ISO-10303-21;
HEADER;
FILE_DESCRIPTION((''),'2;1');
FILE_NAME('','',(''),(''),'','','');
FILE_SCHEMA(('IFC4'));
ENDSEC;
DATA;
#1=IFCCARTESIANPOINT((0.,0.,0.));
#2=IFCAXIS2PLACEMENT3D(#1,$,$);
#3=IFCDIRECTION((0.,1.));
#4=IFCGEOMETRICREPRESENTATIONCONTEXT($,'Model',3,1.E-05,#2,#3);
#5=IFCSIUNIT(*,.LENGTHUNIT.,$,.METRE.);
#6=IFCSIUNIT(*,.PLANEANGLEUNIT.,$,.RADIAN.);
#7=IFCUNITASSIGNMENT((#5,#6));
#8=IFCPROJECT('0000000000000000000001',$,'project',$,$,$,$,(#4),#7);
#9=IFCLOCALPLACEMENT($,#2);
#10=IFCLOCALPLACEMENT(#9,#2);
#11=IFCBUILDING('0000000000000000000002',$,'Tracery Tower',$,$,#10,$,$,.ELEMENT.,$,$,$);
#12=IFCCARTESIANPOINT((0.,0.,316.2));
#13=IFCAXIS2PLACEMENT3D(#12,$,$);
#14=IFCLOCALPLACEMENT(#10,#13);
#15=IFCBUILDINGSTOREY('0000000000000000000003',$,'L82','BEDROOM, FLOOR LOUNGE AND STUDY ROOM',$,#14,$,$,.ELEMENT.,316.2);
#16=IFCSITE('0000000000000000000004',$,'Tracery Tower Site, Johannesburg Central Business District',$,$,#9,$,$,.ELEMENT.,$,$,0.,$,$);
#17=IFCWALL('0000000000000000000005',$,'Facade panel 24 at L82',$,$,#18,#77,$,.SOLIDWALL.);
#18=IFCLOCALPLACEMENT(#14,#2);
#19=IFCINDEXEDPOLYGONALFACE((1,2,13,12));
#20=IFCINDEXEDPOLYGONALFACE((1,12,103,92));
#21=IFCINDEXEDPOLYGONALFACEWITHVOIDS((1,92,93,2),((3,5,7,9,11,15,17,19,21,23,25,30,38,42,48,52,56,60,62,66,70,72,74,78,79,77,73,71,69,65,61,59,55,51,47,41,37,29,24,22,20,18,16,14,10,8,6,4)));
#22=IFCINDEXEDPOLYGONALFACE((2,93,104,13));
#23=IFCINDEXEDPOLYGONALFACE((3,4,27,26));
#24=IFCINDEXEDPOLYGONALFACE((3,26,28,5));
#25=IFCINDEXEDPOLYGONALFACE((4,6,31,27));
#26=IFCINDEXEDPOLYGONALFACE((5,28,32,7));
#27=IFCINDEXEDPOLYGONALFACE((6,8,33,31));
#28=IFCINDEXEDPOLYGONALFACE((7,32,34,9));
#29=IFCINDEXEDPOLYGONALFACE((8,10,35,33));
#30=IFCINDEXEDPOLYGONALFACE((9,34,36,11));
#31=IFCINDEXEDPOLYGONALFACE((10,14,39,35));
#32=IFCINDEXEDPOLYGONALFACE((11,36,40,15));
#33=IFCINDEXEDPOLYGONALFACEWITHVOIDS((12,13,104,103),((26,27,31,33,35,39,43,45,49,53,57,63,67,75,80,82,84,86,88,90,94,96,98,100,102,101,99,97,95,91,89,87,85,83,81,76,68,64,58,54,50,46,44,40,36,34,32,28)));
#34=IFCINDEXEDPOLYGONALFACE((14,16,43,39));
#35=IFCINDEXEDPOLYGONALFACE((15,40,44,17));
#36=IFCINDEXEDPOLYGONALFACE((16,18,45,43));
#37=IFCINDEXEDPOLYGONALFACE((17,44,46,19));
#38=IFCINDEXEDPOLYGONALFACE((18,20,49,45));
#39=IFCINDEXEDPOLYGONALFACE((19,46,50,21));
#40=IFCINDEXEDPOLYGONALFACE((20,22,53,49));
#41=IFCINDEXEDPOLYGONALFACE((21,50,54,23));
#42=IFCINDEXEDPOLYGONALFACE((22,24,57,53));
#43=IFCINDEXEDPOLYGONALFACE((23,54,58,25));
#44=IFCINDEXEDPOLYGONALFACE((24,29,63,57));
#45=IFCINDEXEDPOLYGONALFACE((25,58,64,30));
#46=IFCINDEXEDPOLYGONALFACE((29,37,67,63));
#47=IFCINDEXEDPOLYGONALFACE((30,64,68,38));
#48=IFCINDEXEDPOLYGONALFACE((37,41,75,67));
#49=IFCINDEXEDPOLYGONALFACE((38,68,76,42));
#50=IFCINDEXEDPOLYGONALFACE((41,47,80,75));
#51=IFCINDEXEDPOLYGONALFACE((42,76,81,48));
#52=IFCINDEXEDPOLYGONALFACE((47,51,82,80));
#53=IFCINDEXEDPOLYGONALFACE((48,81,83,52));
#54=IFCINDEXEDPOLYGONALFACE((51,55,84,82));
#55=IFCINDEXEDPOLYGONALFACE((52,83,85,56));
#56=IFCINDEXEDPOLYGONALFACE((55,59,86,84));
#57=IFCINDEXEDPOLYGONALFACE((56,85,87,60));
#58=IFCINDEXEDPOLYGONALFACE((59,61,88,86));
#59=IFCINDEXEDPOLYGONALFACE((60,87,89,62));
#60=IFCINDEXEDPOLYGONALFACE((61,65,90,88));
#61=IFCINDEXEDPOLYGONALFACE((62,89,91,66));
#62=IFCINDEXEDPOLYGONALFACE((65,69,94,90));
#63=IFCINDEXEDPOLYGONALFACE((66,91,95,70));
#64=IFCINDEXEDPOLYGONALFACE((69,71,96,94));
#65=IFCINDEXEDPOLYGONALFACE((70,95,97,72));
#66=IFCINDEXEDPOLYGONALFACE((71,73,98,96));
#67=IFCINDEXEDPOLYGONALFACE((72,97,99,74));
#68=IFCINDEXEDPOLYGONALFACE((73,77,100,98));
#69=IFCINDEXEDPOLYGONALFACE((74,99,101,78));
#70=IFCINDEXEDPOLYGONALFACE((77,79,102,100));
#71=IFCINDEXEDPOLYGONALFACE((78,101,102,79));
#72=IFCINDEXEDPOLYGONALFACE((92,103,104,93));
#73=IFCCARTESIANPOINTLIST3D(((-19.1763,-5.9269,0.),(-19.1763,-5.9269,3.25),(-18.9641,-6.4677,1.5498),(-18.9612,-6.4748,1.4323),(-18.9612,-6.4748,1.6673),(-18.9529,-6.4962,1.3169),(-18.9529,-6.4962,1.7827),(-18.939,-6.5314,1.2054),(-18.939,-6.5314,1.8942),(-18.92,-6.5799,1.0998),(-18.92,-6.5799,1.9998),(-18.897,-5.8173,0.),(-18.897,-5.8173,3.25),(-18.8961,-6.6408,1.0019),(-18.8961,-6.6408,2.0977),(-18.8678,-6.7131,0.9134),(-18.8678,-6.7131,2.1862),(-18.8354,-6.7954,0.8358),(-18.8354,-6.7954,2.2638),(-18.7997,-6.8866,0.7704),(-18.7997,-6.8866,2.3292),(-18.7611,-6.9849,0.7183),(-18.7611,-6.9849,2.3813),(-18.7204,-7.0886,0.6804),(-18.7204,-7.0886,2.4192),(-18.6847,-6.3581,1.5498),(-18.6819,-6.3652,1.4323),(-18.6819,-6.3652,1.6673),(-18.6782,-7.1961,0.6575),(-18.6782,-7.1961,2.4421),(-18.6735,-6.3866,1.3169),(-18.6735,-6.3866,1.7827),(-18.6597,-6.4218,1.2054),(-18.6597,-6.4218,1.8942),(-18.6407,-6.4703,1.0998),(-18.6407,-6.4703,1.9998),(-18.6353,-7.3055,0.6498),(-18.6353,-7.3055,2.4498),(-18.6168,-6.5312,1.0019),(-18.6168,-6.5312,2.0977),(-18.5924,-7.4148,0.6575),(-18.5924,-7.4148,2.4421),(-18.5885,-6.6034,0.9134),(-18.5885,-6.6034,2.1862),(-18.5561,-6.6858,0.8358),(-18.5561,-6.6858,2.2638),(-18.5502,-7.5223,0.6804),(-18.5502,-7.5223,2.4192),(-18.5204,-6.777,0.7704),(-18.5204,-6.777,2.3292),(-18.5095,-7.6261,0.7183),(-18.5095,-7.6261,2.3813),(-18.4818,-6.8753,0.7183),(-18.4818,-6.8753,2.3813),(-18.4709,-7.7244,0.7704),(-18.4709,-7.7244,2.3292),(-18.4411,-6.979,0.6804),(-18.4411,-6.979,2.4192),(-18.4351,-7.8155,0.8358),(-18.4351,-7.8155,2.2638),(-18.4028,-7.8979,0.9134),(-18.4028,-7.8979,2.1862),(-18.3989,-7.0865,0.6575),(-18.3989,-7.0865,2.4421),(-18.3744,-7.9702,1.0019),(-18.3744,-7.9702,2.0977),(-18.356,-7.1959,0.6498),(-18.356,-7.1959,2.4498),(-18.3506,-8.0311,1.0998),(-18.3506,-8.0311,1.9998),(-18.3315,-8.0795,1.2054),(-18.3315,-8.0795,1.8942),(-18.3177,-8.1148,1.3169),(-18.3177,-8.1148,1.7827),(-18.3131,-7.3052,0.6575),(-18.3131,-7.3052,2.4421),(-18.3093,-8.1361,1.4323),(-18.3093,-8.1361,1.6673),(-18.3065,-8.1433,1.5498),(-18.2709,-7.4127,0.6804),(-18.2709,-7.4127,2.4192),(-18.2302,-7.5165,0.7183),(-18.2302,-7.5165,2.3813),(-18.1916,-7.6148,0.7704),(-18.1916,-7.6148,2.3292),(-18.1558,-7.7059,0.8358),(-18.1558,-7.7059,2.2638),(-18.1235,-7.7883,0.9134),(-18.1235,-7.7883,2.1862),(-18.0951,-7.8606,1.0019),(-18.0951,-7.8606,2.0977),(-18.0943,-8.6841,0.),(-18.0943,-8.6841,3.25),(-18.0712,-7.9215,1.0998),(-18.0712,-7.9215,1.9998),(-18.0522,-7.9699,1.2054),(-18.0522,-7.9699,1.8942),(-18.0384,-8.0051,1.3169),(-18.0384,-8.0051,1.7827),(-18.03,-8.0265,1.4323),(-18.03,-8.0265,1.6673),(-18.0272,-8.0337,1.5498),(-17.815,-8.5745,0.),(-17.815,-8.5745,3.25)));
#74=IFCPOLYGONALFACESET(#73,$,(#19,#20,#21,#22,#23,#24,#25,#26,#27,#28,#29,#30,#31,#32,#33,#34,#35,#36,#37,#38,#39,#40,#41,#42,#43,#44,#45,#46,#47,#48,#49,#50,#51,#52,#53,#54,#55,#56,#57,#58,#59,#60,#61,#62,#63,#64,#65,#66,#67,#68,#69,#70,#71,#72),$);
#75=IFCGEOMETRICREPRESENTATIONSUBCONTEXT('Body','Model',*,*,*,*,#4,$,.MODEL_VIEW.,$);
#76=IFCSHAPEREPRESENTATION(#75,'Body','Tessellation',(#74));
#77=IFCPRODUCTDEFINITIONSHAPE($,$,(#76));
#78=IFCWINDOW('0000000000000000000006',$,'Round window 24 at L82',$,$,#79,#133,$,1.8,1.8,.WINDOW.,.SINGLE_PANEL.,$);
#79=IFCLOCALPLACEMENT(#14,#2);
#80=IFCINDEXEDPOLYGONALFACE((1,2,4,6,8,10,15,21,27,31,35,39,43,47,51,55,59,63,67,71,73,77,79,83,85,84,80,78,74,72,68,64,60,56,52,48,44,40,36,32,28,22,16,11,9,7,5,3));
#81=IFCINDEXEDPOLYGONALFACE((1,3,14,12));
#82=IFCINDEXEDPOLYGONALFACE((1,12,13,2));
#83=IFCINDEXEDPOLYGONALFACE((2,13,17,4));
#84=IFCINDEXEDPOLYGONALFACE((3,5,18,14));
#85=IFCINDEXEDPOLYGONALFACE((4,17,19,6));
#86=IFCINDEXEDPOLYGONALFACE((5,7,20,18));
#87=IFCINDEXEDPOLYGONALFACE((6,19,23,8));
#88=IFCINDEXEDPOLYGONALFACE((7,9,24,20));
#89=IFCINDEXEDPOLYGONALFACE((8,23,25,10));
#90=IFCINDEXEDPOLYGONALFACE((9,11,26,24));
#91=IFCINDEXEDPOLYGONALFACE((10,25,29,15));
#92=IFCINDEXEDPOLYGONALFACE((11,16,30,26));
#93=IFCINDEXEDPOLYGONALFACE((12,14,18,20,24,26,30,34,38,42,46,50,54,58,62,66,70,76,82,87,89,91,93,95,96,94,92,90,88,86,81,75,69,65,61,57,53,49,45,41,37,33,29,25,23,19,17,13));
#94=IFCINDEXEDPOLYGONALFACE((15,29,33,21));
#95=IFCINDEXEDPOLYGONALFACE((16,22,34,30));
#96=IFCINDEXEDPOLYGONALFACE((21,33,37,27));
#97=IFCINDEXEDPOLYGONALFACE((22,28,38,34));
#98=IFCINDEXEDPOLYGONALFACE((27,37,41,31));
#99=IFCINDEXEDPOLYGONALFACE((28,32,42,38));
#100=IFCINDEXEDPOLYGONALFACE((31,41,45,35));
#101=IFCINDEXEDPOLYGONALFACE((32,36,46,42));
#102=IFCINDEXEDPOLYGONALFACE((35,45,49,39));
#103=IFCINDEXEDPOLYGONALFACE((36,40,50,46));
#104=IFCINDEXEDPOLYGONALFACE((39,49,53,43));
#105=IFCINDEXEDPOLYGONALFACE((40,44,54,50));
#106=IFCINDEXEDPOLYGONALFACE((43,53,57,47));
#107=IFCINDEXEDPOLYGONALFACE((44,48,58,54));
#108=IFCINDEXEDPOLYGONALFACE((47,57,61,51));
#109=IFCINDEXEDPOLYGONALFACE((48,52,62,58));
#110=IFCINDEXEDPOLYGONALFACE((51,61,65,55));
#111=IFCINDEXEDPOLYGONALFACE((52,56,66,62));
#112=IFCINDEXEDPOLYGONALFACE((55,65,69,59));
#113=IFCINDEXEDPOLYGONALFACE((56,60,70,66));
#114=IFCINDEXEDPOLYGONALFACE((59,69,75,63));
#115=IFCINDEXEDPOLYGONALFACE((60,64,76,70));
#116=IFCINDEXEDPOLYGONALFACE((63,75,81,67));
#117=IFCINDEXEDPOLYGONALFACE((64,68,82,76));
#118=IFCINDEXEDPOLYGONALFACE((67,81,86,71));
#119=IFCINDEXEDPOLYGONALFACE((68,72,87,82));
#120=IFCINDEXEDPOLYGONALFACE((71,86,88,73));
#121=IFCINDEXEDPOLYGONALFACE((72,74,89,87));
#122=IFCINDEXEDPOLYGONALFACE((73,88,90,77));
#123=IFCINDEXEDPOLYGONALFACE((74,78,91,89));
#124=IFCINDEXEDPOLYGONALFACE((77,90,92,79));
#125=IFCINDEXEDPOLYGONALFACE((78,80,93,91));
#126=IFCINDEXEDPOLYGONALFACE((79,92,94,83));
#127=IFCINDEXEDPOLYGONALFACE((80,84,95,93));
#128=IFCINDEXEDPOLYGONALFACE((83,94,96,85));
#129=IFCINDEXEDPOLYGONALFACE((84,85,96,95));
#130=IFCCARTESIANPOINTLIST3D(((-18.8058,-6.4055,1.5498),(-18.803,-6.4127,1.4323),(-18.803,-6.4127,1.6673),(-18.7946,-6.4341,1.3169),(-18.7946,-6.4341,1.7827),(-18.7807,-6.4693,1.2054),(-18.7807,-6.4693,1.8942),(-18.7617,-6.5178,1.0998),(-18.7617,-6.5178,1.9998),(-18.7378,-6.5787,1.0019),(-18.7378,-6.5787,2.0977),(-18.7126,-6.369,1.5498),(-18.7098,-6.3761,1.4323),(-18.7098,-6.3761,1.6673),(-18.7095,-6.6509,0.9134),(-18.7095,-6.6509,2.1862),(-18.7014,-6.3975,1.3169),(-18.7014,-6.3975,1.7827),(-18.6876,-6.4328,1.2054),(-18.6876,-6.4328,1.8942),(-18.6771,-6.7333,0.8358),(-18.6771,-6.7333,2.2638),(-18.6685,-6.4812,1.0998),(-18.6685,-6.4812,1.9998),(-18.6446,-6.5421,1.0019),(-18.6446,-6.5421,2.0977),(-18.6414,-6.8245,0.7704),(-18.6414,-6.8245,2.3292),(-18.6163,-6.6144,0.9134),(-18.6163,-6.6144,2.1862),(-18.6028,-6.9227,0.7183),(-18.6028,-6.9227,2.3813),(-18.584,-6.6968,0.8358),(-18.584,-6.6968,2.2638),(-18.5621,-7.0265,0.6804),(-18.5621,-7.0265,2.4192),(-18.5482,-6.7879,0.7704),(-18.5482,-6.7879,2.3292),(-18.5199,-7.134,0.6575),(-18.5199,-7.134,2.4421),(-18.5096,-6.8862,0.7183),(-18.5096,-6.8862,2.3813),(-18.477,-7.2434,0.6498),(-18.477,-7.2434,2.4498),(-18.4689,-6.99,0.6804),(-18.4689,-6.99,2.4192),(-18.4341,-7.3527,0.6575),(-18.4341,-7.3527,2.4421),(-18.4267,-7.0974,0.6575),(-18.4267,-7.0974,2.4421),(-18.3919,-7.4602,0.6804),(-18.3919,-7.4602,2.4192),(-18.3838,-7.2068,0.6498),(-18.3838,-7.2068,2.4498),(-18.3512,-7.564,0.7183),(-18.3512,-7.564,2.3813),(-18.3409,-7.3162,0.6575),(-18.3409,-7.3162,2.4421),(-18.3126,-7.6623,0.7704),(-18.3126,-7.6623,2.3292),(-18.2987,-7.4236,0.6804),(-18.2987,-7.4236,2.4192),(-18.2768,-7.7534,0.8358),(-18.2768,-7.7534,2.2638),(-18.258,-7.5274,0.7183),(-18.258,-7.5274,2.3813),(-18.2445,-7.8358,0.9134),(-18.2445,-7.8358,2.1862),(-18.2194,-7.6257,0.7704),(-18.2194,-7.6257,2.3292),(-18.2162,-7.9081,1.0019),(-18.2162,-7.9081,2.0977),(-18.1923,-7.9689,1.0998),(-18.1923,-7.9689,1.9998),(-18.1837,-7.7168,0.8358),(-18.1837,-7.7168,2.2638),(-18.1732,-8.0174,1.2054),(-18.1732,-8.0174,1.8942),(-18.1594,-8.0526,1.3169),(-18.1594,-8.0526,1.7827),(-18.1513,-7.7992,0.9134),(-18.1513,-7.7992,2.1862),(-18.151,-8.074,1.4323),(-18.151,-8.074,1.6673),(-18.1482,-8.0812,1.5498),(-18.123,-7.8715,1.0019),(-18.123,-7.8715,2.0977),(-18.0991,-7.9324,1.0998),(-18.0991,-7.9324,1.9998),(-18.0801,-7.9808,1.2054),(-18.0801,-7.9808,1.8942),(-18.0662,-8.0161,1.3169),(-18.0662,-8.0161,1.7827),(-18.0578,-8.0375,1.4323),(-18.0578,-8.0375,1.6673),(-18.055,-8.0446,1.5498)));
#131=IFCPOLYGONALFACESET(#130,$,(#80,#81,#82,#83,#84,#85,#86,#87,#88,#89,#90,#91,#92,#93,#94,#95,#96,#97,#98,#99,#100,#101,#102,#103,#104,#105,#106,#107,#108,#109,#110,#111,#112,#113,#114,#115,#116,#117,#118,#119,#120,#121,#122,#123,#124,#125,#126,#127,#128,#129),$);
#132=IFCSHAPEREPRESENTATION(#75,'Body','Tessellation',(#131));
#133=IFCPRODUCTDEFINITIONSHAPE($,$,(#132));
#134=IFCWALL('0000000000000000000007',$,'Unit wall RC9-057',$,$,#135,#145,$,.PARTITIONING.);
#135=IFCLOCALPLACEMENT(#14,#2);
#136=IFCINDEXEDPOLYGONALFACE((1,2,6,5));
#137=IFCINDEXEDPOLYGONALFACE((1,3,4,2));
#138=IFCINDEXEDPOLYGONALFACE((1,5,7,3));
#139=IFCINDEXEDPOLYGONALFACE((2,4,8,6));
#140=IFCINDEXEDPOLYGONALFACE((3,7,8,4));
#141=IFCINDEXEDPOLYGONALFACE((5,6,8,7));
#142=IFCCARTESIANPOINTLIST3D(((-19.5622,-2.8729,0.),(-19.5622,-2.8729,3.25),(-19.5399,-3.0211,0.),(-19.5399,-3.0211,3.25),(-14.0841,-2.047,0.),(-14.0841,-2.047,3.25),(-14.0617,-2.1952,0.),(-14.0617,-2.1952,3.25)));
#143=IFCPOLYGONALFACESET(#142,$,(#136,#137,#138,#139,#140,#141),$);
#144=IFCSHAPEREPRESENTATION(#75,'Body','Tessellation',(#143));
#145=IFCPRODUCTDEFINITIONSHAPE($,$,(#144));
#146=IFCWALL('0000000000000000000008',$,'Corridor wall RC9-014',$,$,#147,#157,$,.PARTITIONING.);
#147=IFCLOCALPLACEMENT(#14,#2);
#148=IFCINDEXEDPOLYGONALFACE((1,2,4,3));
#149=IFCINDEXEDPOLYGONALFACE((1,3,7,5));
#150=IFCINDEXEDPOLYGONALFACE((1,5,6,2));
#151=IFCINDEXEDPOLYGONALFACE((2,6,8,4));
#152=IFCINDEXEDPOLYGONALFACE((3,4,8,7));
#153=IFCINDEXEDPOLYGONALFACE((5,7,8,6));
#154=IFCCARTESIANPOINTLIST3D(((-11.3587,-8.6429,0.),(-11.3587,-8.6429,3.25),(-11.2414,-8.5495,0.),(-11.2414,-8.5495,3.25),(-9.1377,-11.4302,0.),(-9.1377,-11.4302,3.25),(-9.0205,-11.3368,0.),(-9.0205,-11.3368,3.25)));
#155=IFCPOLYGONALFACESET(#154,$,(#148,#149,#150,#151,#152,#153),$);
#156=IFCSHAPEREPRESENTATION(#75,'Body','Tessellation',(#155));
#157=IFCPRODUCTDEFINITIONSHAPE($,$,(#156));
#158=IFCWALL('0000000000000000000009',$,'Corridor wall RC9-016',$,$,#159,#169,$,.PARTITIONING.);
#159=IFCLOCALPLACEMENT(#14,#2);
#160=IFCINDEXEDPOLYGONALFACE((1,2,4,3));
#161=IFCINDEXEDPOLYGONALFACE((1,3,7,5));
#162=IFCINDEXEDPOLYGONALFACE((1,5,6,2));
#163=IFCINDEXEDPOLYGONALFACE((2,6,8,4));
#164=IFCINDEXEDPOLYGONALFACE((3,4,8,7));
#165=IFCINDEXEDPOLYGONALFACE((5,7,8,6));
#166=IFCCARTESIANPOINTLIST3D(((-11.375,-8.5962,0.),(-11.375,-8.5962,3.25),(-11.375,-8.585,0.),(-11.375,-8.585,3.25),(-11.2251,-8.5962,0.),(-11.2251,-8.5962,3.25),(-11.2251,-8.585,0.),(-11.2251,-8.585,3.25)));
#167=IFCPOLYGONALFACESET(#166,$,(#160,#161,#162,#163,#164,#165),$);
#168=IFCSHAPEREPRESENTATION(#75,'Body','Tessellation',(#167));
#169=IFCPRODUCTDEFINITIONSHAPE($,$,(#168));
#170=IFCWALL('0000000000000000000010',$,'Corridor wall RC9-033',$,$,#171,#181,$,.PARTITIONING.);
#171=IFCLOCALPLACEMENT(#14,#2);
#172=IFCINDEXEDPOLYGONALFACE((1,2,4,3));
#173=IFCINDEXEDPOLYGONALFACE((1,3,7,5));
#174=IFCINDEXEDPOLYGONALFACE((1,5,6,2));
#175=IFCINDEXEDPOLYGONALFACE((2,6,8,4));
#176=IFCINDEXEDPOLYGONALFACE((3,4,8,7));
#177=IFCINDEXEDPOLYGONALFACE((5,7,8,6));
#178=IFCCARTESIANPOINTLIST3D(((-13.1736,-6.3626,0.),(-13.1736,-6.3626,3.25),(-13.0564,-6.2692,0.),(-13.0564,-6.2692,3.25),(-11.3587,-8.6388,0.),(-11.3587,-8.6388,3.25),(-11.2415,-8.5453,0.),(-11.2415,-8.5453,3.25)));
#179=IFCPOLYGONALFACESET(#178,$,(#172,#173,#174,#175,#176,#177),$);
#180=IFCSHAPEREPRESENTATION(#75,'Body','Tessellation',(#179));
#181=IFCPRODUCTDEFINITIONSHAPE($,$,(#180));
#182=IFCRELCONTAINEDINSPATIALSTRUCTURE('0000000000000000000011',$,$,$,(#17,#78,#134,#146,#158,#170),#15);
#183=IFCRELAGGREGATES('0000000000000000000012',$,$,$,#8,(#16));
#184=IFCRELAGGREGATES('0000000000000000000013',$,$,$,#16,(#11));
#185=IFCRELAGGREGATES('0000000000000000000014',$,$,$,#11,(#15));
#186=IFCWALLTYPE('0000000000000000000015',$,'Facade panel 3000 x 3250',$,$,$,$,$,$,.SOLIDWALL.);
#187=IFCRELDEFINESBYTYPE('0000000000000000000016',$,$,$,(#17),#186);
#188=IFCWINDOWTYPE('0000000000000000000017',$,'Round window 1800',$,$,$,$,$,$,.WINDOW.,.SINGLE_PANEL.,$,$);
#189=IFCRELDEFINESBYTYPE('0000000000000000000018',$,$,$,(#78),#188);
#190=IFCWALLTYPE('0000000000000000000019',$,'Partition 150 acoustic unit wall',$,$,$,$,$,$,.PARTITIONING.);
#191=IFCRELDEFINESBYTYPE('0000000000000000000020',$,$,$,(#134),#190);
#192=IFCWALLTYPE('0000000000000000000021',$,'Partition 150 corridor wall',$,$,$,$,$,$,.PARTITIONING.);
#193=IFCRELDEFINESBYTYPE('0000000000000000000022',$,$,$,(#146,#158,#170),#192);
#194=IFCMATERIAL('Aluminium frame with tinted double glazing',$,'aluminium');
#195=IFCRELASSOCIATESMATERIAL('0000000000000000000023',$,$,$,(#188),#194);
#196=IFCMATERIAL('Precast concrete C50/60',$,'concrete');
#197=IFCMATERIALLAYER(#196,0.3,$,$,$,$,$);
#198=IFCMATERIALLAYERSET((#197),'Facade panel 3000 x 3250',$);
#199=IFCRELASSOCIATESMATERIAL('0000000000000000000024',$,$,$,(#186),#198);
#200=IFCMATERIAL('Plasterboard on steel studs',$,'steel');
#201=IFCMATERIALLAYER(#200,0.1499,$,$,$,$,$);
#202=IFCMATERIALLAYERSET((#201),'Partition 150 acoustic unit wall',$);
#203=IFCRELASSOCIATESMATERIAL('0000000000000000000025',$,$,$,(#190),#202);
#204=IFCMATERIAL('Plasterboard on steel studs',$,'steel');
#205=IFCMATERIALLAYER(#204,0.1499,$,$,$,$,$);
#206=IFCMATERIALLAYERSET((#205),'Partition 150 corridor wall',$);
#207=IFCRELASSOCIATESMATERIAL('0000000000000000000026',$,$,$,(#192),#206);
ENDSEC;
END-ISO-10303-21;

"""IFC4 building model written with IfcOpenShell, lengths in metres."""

from ifc_helpers import new_model, si_unit, direction, frame, frame_2d, origin, origin_2d, place, context, subcontext, project, spatial, rectangle, circle, extrude, material, layer, layer_set, type_object, element, fill, save


model = new_model("IFC4")

# Units and contexts
model_context = context("Model", 3, precision=1e-05, world=origin(), true_north=direction((0.0, 1.0)))
body_context = subcontext(model_context, "Body", "Model", "MODEL_VIEW")
ifc_project = project(units=[si_unit("LENGTHUNIT", "METRE"), si_unit("PLANEANGLEUNIT", "RADIAN")], contexts=[model_context])

# Site, building, storey
site_placement = place(None, origin())
site = spatial("IfcSite", under=ifc_project, at=site_placement, Name="Tracery Tower Site, Johannesburg Central Business District", CompositionType="ELEMENT", RefElevation=0.0)
building_placement = place(site_placement, origin())
building = spatial("IfcBuilding", under=site, at=building_placement, Name="Tracery Tower", CompositionType="ELEMENT")
storey_placement = place(building_placement, frame((0.0, 0.0, 316.2)))
storey = spatial("IfcBuildingStorey", under=building, at=storey_placement, Name="L82", Description="BEDROOM, FLOOR LOUNGE AND STUDY ROOM", CompositionType="ELEMENT", Elevation=316.2)

# Wall, opening, window
ifc_material_1 = material(Name="Aluminium frame with tinted double glazing", Category="aluminium")
window_type = type_object("IfcWindowType", Name="Round window 1800", PartitioningType="SINGLE_PANEL", PredefinedType="WINDOW", material=ifc_material_1)
ifc_material_2 = material(Name="Precast concrete C50/60", Category="concrete")
ifc_layer_1 = layer(ifc_material_2, 0.3)
ifc_layer_set_1 = layer_set([ifc_layer_1], Name="Facade panel 3000 x 3250")
wall_type_1 = type_object("IfcWallType", Name="Facade panel 3000 x 3250", PredefinedType="SOLIDWALL", material=ifc_layer_set_1)
wall_1_placement = place(storey_placement, frame((-19.0366, -5.8721, 0.0), z_axis=(0.0, 0.0, 1.0), x_axis=(0.3653, -0.93089, 0.0)))
wall_1 = element("IfcWall", 1, at=wall_1_placement, inside=storey, type_object=wall_type_1, Name="Facade panel 24 at L82", PredefinedType="SOLIDWALL", context=body_context, shape_type="SweptSolid", body=[
    extrude(rectangle(XDim=2.9619, YDim=0.3, at=frame_2d((1.481, 0.0))), origin(), (0.0, 0.0, 1.0), 3.25),
])
opening_1_placement = place(wall_1_placement, frame((1.481, 0.0, 1.5498)))
opening_1 = element("IfcOpeningElement", 2, at=opening_1_placement, cuts=wall_1, PredefinedType="OPENING", context=body_context, shape_type="SweptSolid", body=[
    extrude(circle(Radius=0.9, at=origin_2d()), frame((0.0, 0.1599, 0.0), z_axis=(0.0, -1.0, 0.0), x_axis=(1.0, 0.0, 0.0)), (0.0, 0.0, 1.0), 0.3201),
])
window_1_placement = place(opening_1_placement, origin())
window_1 = element("IfcWindow", 3, at=window_1_placement, inside=storey, type_object=window_type, Name="Round window 24 at L82", OverallHeight=1.8, OverallWidth=1.8, PartitioningType="SINGLE_PANEL", PredefinedType="WINDOW", context=body_context, shape_type="SweptSolid", body=[
    extrude(circle(Radius=0.9, at=origin_2d()), frame((0.0, 0.1201, 0.0), z_axis=(0.0, -1.0, 0.0), x_axis=(1.0, 0.0, 0.0)), (0.0, 0.0, 1.0), 0.1001),
])
fill(opening_1, window_1)

# Walls
ifc_material_3 = material(Name="Plasterboard on steel studs", Category="steel")
ifc_layer_2 = layer(ifc_material_3, 0.1499)
ifc_layer_set_2 = layer_set([ifc_layer_2], Name="Partition 150 acoustic unit wall")
wall_type_2 = type_object("IfcWallType", Name="Partition 150 acoustic unit wall", PredefinedType="PARTITIONING", material=ifc_layer_set_2)
wall_2_placement = place(storey_placement, frame((-19.551, -2.947, 0.0), z_axis=(0.0, 0.0, 1.0), x_axis=(0.988824, 0.149086, 0.0)))
element("IfcWall", 4, at=wall_2_placement, inside=storey, type_object=wall_type_2, Name="Unit wall RC9-057", PredefinedType="PARTITIONING", context=body_context, shape_type="SweptSolid", body=[
    extrude(rectangle(XDim=5.54, YDim=0.1499, at=frame_2d((2.77, 0.0))), origin(), (0.0, 0.0, 1.0), 3.25),
])
ifc_material_4 = material(Name="Plasterboard on steel studs", Category="steel")
ifc_layer_3 = layer(ifc_material_4, 0.1499)
ifc_layer_set_3 = layer_set([ifc_layer_3], Name="Partition 150 corridor wall")
wall_type_3 = type_object("IfcWallType", Name="Partition 150 corridor wall", PredefinedType="PARTITIONING", material=ifc_layer_set_3)
wall_3_placement = place(storey_placement, frame((-11.3, -8.5962, 0.0), z_axis=(0.0, 0.0, 1.0), x_axis=(0.623165, -0.78209, 0.0)))
element("IfcWall", 5, at=wall_3_placement, inside=storey, type_object=wall_type_3, Name="Corridor wall RC9-014", PredefinedType="PARTITIONING", context=body_context, shape_type="SweptSolid", body=[
    extrude(rectangle(XDim=3.564, YDim=0.1499, at=frame_2d((1.782, 0.0))), origin(), (0.0, 0.0, 1.0), 3.25),
])
wall_4_placement = place(storey_placement, frame((-11.3, -8.5962, 0.0), z_axis=(0.0, 0.0, 1.0), x_axis=(0.0, 1.0, 0.0)))
element("IfcWall", 6, at=wall_4_placement, inside=storey, type_object=wall_type_3, Name="Corridor wall RC9-016", PredefinedType="PARTITIONING", context=body_context, shape_type="SweptSolid", body=[
    extrude(rectangle(XDim=0.0112, YDim=0.1499, at=frame_2d((0.0056, 0.0))), origin(), (0.0, 0.0, 1.0), 3.25),
])
wall_5_placement = place(storey_placement, frame((-13.115, -6.3159, 0.0), z_axis=(0.0, 0.0, 1.0), x_axis=(0.623447, -0.781866, 0.0)))
element("IfcWall", 7, at=wall_5_placement, inside=storey, type_object=wall_type_3, Name="Corridor wall RC9-033", PredefinedType="PARTITIONING", context=body_context, shape_type="SweptSolid", body=[
    extrude(rectangle(XDim=2.9111, YDim=0.1499, at=frame_2d((1.4556, 0.0))), origin(), (0.0, 0.0, 1.0), 3.25),
])

save(model, "model.ifc")
